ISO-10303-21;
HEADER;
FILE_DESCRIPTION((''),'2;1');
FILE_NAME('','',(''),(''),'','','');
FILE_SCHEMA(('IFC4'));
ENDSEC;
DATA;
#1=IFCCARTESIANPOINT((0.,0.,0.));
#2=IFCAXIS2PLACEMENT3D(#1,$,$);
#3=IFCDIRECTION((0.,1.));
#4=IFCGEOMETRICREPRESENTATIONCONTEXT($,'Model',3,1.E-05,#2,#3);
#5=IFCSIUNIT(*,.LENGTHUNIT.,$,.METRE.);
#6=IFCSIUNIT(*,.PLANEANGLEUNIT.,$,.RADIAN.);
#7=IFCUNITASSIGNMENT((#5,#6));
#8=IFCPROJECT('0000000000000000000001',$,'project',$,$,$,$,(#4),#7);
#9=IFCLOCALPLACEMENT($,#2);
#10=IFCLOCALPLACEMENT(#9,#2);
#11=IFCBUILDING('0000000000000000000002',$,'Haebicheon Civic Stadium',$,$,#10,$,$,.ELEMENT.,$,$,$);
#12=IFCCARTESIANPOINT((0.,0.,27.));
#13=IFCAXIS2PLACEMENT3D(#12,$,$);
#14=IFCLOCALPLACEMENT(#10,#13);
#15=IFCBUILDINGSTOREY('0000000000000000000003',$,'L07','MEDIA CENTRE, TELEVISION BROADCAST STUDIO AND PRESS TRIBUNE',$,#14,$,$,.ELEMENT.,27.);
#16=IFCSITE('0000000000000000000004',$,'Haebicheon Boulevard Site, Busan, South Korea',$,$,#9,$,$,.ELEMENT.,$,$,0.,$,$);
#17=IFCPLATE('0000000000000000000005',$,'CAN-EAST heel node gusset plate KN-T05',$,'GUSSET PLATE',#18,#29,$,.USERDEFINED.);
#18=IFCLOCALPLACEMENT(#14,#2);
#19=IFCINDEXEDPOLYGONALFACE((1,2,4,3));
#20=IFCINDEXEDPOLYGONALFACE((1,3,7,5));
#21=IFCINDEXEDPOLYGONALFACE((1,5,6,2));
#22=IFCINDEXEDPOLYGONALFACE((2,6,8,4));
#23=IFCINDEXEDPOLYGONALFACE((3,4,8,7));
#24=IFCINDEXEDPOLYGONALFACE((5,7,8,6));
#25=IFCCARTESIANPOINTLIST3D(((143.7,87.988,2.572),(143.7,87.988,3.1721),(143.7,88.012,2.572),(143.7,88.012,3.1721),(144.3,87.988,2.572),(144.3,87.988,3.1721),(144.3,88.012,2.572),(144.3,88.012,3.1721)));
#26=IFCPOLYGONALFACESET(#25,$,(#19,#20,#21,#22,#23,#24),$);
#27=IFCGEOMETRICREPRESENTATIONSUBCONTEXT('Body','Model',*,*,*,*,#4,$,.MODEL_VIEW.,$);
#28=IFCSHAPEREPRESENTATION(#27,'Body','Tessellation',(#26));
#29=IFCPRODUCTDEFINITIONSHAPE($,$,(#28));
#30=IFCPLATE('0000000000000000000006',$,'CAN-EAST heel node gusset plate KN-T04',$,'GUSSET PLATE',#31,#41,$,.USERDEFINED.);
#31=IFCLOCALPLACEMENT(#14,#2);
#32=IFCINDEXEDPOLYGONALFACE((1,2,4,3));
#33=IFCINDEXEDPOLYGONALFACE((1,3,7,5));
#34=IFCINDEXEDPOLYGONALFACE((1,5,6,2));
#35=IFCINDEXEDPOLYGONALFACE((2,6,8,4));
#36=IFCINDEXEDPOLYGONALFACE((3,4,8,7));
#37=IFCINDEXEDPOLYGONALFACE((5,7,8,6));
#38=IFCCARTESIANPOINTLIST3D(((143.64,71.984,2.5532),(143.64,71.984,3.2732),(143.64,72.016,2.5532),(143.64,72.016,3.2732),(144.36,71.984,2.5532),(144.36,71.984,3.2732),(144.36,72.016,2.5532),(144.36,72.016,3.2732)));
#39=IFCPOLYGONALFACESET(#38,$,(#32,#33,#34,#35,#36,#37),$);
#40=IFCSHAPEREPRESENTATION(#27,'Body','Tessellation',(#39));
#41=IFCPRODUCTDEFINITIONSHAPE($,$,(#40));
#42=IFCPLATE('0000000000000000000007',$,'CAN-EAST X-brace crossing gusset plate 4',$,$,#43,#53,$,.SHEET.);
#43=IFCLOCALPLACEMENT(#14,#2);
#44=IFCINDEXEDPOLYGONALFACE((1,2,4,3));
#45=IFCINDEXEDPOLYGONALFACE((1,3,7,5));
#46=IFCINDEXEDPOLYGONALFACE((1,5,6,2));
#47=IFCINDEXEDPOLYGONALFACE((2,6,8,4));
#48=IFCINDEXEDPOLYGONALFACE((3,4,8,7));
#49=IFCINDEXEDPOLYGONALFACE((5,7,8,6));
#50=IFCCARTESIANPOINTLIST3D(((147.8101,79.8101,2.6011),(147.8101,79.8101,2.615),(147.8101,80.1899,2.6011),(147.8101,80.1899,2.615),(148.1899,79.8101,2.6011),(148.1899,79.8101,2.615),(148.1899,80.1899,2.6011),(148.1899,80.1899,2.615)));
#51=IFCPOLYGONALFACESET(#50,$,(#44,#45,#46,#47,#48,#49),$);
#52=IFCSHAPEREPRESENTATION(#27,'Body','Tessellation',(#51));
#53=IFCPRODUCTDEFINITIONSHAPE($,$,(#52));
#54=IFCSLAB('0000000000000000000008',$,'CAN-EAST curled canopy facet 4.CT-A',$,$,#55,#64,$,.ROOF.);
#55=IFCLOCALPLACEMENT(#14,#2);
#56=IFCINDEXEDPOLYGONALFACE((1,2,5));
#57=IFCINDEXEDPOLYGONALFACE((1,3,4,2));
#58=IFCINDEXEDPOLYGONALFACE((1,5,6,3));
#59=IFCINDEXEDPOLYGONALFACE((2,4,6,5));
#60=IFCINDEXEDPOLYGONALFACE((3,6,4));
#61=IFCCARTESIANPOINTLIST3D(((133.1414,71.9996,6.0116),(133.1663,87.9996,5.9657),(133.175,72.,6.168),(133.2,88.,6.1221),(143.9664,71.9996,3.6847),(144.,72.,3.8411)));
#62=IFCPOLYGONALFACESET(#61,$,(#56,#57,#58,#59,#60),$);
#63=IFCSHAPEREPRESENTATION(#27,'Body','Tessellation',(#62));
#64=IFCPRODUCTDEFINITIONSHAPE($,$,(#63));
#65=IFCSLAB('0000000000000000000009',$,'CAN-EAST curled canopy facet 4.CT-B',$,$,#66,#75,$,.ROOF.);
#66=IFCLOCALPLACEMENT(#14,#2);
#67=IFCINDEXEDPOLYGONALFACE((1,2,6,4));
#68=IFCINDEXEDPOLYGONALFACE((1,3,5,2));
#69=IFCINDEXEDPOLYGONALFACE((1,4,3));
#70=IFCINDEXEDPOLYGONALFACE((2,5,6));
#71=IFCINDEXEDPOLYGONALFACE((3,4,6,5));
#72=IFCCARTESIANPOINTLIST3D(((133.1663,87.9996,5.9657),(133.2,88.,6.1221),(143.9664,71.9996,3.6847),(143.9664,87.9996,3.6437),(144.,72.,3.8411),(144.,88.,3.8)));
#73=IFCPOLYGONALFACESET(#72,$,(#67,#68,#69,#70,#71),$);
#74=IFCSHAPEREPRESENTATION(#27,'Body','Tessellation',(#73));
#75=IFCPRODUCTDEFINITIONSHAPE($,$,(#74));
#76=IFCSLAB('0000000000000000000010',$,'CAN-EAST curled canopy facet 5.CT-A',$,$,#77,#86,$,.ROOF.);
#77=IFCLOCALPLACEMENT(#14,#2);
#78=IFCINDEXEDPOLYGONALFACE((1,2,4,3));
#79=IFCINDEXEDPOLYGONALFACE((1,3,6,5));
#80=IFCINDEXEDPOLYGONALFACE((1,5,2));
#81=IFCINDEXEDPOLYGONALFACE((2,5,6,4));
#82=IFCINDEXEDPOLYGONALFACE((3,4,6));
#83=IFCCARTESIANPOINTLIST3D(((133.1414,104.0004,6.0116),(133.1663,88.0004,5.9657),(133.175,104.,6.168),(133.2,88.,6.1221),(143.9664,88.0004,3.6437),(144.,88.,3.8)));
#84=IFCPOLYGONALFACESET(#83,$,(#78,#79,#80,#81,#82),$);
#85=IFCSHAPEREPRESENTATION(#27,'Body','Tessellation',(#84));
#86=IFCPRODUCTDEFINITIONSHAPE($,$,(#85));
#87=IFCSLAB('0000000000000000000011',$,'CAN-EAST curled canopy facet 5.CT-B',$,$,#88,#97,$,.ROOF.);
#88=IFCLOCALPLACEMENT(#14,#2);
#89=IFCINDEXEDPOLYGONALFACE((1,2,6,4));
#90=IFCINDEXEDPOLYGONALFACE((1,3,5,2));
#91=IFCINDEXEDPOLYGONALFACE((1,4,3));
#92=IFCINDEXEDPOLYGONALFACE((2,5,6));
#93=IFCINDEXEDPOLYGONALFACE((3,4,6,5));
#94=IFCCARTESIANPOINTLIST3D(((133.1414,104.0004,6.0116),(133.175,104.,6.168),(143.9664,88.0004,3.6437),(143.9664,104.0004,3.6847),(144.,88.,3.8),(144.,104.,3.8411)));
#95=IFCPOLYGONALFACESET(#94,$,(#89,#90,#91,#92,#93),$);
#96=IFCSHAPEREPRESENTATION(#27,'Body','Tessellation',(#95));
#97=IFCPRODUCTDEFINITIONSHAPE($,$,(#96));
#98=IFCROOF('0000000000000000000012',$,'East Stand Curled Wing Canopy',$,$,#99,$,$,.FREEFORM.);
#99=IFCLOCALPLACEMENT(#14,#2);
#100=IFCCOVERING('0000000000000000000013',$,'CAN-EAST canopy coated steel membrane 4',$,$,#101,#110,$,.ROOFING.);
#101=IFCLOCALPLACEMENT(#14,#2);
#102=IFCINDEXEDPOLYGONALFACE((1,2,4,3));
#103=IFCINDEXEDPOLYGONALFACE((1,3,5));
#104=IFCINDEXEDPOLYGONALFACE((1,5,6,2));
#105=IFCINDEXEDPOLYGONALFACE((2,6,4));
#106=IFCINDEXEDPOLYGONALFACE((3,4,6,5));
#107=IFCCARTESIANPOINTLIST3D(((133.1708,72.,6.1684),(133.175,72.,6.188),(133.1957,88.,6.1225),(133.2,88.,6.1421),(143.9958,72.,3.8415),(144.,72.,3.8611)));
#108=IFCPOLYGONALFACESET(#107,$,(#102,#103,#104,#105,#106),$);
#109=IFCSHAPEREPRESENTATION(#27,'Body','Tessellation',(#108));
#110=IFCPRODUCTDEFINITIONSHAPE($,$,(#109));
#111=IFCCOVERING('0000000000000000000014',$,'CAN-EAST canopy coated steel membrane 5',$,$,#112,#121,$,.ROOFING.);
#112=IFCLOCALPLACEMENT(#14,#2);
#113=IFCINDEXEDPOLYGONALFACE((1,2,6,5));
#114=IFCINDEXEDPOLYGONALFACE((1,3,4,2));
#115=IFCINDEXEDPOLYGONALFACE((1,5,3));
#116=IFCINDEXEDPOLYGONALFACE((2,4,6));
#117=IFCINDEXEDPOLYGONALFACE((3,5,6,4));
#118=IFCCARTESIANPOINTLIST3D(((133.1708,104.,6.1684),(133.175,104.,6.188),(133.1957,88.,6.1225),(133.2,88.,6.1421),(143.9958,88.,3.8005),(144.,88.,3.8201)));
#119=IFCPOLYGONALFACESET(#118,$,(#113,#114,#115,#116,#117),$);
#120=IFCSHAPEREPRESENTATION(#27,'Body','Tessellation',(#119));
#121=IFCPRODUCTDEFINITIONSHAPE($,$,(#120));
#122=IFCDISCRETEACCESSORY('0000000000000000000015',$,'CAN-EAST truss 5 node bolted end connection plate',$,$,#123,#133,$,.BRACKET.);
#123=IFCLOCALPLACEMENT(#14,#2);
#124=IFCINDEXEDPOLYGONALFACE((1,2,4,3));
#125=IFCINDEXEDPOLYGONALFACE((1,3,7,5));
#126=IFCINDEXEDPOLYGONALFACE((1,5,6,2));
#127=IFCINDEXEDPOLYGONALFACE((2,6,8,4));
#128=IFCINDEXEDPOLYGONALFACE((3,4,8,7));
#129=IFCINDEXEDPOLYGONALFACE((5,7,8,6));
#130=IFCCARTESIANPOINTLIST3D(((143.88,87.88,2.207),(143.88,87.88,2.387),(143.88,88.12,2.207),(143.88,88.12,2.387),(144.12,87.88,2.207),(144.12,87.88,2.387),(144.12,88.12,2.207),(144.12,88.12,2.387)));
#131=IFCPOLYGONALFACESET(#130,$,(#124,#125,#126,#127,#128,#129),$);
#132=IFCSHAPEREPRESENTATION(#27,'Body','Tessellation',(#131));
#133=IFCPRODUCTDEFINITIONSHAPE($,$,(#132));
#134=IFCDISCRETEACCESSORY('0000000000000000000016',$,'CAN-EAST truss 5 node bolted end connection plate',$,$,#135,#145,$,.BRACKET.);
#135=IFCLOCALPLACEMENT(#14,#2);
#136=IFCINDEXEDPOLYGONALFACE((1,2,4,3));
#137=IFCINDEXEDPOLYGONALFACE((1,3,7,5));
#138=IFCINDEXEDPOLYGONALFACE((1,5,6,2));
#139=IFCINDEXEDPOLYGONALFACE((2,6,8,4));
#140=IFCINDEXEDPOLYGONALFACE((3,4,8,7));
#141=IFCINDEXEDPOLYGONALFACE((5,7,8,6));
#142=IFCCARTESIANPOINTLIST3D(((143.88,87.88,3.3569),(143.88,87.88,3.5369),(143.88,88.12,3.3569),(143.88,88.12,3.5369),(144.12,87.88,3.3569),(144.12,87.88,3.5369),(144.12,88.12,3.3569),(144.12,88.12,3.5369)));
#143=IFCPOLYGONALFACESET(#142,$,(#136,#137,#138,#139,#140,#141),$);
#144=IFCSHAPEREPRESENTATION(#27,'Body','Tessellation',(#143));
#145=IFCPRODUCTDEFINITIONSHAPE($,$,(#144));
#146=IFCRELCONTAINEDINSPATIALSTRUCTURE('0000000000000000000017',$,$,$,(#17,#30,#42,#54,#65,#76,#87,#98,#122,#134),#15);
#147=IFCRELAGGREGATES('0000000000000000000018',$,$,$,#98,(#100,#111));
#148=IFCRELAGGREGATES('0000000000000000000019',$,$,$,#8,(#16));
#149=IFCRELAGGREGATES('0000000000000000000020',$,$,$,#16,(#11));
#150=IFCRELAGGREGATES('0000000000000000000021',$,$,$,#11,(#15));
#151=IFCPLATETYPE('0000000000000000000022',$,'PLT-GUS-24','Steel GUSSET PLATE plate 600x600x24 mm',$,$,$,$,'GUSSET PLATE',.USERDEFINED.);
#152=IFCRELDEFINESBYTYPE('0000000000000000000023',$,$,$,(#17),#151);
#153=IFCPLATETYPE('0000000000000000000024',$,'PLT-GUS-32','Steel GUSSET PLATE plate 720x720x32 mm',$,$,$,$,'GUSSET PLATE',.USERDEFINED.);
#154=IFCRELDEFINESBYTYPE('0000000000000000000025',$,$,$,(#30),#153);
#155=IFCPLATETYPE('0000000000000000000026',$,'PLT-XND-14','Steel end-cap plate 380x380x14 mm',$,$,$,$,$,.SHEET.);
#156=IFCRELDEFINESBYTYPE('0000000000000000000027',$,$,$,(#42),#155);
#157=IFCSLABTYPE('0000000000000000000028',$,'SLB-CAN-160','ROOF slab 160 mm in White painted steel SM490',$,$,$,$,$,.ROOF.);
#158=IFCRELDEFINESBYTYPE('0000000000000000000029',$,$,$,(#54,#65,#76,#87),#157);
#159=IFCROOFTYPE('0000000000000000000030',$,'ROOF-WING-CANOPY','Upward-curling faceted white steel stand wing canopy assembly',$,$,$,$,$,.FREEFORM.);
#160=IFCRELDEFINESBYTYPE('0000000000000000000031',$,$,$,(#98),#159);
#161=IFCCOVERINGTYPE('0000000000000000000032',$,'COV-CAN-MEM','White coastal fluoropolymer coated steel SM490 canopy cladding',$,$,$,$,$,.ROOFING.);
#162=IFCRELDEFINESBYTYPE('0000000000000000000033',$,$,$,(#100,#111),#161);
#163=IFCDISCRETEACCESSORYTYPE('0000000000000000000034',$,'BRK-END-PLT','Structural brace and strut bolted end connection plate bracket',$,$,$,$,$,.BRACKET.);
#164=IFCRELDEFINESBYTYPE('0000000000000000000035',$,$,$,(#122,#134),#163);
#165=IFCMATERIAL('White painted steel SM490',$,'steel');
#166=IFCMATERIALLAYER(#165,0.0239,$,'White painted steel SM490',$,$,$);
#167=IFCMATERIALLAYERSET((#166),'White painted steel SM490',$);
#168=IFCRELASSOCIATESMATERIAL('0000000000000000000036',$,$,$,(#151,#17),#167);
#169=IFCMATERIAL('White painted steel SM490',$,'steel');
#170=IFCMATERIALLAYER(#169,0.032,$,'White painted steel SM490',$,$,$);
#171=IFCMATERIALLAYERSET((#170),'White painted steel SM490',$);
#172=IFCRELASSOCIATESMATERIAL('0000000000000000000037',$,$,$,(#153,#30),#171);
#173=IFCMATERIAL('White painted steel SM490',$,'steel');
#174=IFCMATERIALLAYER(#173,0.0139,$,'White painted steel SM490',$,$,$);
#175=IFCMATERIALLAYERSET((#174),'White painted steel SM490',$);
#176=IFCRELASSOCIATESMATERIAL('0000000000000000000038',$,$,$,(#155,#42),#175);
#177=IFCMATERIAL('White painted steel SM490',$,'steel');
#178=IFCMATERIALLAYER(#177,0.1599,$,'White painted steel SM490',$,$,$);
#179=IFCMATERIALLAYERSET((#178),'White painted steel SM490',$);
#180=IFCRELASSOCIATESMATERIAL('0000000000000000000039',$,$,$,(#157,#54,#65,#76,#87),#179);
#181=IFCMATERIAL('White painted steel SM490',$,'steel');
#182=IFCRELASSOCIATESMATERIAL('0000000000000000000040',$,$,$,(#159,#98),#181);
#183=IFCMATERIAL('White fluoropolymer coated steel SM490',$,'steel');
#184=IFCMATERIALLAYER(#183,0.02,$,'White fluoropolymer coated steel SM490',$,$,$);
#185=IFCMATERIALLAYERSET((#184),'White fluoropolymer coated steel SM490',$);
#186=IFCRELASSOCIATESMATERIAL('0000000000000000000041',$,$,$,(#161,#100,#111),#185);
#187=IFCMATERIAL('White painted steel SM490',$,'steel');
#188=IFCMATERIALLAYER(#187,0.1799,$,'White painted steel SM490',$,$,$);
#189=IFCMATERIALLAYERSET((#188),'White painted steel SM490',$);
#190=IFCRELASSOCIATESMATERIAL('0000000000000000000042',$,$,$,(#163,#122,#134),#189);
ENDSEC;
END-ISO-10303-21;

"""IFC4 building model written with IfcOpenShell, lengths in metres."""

from ifc_helpers import new_model, si_unit, direction, frame, origin, origin_2d, place, context, subcontext, project, spatial, polyline, rectangle, outline, extrude, material, layer, layer_set, type_object, element, aggregate, save


model = new_model("IFC4")

# Units and contexts
model_context = context("Model", 3, precision=1e-05, world=origin(), true_north=direction((0.0, 1.0)))
body_context = subcontext(model_context, "Body", "Model", "MODEL_VIEW")
ifc_project = project(units=[si_unit("LENGTHUNIT", "METRE"), si_unit("PLANEANGLEUNIT", "RADIAN")], contexts=[model_context])

# Site, building, storey
site_placement = place(None, origin())
site = spatial("IfcSite", under=ifc_project, at=site_placement, Name="Haebicheon Boulevard Site, Busan, South Korea", CompositionType="ELEMENT", RefElevation=0.0)
building_placement = place(site_placement, origin())
building = spatial("IfcBuilding", under=site, at=building_placement, Name="Haebicheon Civic Stadium", CompositionType="ELEMENT")
storey_placement = place(building_placement, frame((0.0, 0.0, 27.0)))
storey = spatial("IfcBuildingStorey", under=building, at=storey_placement, Name="L07", Description="MEDIA CENTRE, TELEVISION BROADCAST STUDIO AND PRESS TRIBUNE", CompositionType="ELEMENT", Elevation=27.0)

# Plates
ifc_material_1 = material(Name="White painted steel SM490", Category="steel")
ifc_layer_1 = layer(ifc_material_1, 0.0239, Name="White painted steel SM490")
ifc_layer_set_1 = layer_set([ifc_layer_1], Name="White painted steel SM490")
plate_type_1 = type_object("IfcPlateType", Name="PLT-GUS-24", Description="Steel GUSSET PLATE plate 600x600x24 mm", ElementType="GUSSET PLATE", PredefinedType="USERDEFINED", material=ifc_layer_set_1)
plate_1_placement = place(storey_placement, frame((144.0, 88.0, 2.572), z_axis=(0.0, 0.0, 1.0), x_axis=(1.0, 0.0, 0.0)))
element("IfcPlate", 1, at=plate_1_placement, inside=storey, type_object=plate_type_1, material=ifc_layer_set_1, Name="CAN-EAST heel node gusset plate KN-T05", ObjectType="GUSSET PLATE", PredefinedType="USERDEFINED", context=body_context, shape_type="SweptSolid", body=[
    extrude(rectangle(XDim=0.6001, YDim=0.0239, at=origin_2d()), origin(), (0.0, 0.0, 1.0), 0.6001),
])
ifc_material_2 = material(Name="White painted steel SM490", Category="steel")
ifc_layer_2 = layer(ifc_material_2, 0.032, Name="White painted steel SM490")
ifc_layer_set_2 = layer_set([ifc_layer_2], Name="White painted steel SM490")
plate_type_2 = type_object("IfcPlateType", Name="PLT-GUS-32", Description="Steel GUSSET PLATE plate 720x720x32 mm", ElementType="GUSSET PLATE", PredefinedType="USERDEFINED", material=ifc_layer_set_2)
plate_2_placement = place(storey_placement, frame((144.0, 72.0, 2.5532), z_axis=(0.0, 0.0, 1.0), x_axis=(1.0, 0.0, 0.0)))
element("IfcPlate", 2, at=plate_2_placement, inside=storey, type_object=plate_type_2, material=ifc_layer_set_2, Name="CAN-EAST heel node gusset plate KN-T04", ObjectType="GUSSET PLATE", PredefinedType="USERDEFINED", context=body_context, shape_type="SweptSolid", body=[
    extrude(rectangle(XDim=0.72, YDim=0.032, at=origin_2d()), origin(), (0.0, 0.0, 1.0), 0.72),
])
ifc_material_3 = material(Name="White painted steel SM490", Category="steel")
ifc_layer_3 = layer(ifc_material_3, 0.0139, Name="White painted steel SM490")
ifc_layer_set_3 = layer_set([ifc_layer_3], Name="White painted steel SM490")
plate_type_3 = type_object("IfcPlateType", Name="PLT-XND-14", Description="Steel end-cap plate 380x380x14 mm", PredefinedType="SHEET", material=ifc_layer_set_3)
plate_3_placement = place(storey_placement, frame((148.0, 80.0, 2.6011), z_axis=(0.0, 0.0, 1.0), x_axis=(1.0, 0.0, 0.0)))
element("IfcPlate", 3, at=plate_3_placement, inside=storey, type_object=plate_type_3, material=ifc_layer_set_3, Name="CAN-EAST X-brace crossing gusset plate 4", PredefinedType="SHEET", context=body_context, shape_type="SweptSolid", body=[
    extrude(rectangle(XDim=0.3799, YDim=0.3799, at=origin_2d()), origin(), (0.0, 0.0, 1.0), 0.0139),
])

# Slabs
ifc_material_4 = material(Name="White painted steel SM490", Category="steel")
ifc_layer_4 = layer(ifc_material_4, 0.1599, Name="White painted steel SM490")
ifc_layer_set_4 = layer_set([ifc_layer_4], Name="White painted steel SM490")
slab_type = type_object("IfcSlabType", Name="SLB-CAN-160", Description="ROOF slab 160 mm in White painted steel SM490", PredefinedType="ROOF", material=ifc_layer_set_4)
slab_1_placement = place(storey_placement, frame((144.0, 72.0, 3.8411), z_axis=(0.210156, 0.002477, 0.977665), x_axis=(-0.977668, 0.0, 0.210157)))
element("IfcSlab", 4, at=slab_1_placement, inside=storey, type_object=slab_type, material=ifc_layer_set_4, Name="CAN-EAST curled canopy facet 4.CT-A", PredefinedType="ROOF", context=body_context, shape_type="SweptSolid", body=[
    extrude(outline(polyline([(0.0, 0.0), (11.0722, 0.0), (11.0382, -16.0), (0.0, 0.0)])), origin(), (0.0, 0.0, -1.0), 0.1599),
])
slab_2_placement = place(storey_placement, frame((144.0, 72.0, 3.8411), z_axis=(0.210197, 0.002506, 0.977656), x_axis=(-0.555609, 0.823121, 0.117346)))
element("IfcSlab", 5, at=slab_2_placement, inside=storey, type_object=slab_type, material=ifc_layer_set_4, Name="CAN-EAST curled canopy facet 4.CT-B", PredefinedType="ROOF", context=body_context, shape_type="SweptSolid", body=[
    extrude(outline(polyline([(0.0, 0.0), (19.4382, 0.0), (13.1651, -9.0929), (0.0, 0.0)])), origin(), (0.0, 0.0, -1.0), 0.1599),
])
slab_3_placement = place(storey_placement, frame((144.0, 88.0, 3.8), z_axis=(0.210197, -0.002477, 0.977656), x_axis=(-0.977659, 0.0, 0.210198)))
element("IfcSlab", 6, at=slab_3_placement, inside=storey, type_object=slab_type, material=ifc_layer_set_4, Name="CAN-EAST curled canopy facet 5.CT-A", PredefinedType="ROOF", context=body_context, shape_type="SweptSolid", body=[
    extrude(outline(polyline([(0.0, 0.0), (11.0468, 0.0), (11.0808, -16.0), (0.0, 0.0)])), origin(), (0.0, 0.0, -1.0), 0.1599),
])
slab_4_placement = place(storey_placement, frame((144.0, 88.0, 3.8), z_axis=(0.210156, -0.002506, 0.977665), x_axis=(-0.556197, 0.822096, 0.121666)))
element("IfcSlab", 7, at=slab_4_placement, inside=storey, type_object=slab_type, material=ifc_layer_set_4, Name="CAN-EAST curled canopy facet 5.CT-B", PredefinedType="ROOF", context=body_context, shape_type="SweptSolid", body=[
    extrude(outline(polyline([(0.0, 0.0), (19.4624, 0.0), (13.1585, -9.1025), (0.0, 0.0)])), origin(), (0.0, 0.0, -1.0), 0.1599),
])

# Roof, coverings
ifc_material_5 = material(Name="White painted steel SM490", Category="steel")
roof_type = type_object("IfcRoofType", Name="ROOF-WING-CANOPY", Description="Upward-curling faceted white steel stand wing canopy assembly", PredefinedType="FREEFORM", material=ifc_material_5)
roof_placement = place(storey_placement, origin())
roof = element("IfcRoof", 8, at=roof_placement, inside=storey, type_object=roof_type, material=ifc_material_5, Name="East Stand Curled Wing Canopy", PredefinedType="FREEFORM")
ifc_material_6 = material(Name="White fluoropolymer coated steel SM490", Category="steel")
ifc_layer_5 = layer(ifc_material_6, 0.02, Name="White fluoropolymer coated steel SM490")
ifc_layer_set_5 = layer_set([ifc_layer_5], Name="White fluoropolymer coated steel SM490")
covering_type = type_object("IfcCoveringType", Name="COV-CAN-MEM", Description="White coastal fluoropolymer coated steel SM490 canopy cladding", PredefinedType="ROOFING", material=ifc_layer_set_5)
covering_1_placement = place(storey_placement, frame((144.0, 72.0, 3.8611), z_axis=(0.210156, 0.002477, 0.977665), x_axis=(-0.977668, 0.0, 0.210157)))
covering_1 = element("IfcCovering", 9, at=covering_1_placement, type_object=covering_type, material=ifc_layer_set_5, Name="CAN-EAST canopy coated steel membrane 4", PredefinedType="ROOFING", context=body_context, shape_type="SweptSolid", body=[
    extrude(outline(polyline([(0.0, 0.0), (11.0722, 0.0), (11.0382, -16.0), (0.0, 0.0)])), origin(), (0.0, 0.0, -1.0), 0.02),
])
covering_2_placement = place(storey_placement, frame((144.0, 88.0, 3.8201), z_axis=(0.210197, -0.002477, 0.977656), x_axis=(-0.977659, 0.0, 0.210198)))
covering_2 = element("IfcCovering", 10, at=covering_2_placement, type_object=covering_type, material=ifc_layer_set_5, Name="CAN-EAST canopy coated steel membrane 5", PredefinedType="ROOFING", context=body_context, shape_type="SweptSolid", body=[
    extrude(outline(polyline([(0.0, 0.0), (11.0468, 0.0), (11.0808, -16.0), (0.0, 0.0)])), origin(), (0.0, 0.0, -1.0), 0.02),
])
aggregate(roof, [covering_1, covering_2])

# Discrete accessories
ifc_material_7 = material(Name="White painted steel SM490", Category="steel")
ifc_layer_6 = layer(ifc_material_7, 0.1799, Name="White painted steel SM490")
ifc_layer_set_6 = layer_set([ifc_layer_6], Name="White painted steel SM490")
discrete_accessory_type = type_object("IfcDiscreteAccessoryType", Name="BRK-END-PLT", Description="Structural brace and strut bolted end connection plate bracket", PredefinedType="BRACKET", material=ifc_layer_set_6)
for number, where, z_axis, x_axis, name in (
    (11, (144.0, 88.0, 2.207), (0.0, 0.0, 1.0), (1.0, 0.0, 0.0), "CAN-EAST truss 5 node bolted end connection plate"),
    (12, (144.0, 88.0, 3.3569), (0.0, 0.0, 1.0), (1.0, 0.0, 0.0), "CAN-EAST truss 5 node bolted end connection plate"),
):
    element("IfcDiscreteAccessory", number, at=place(storey_placement, frame(where, z_axis=z_axis, x_axis=x_axis)), inside=storey, type_object=discrete_accessory_type, material=ifc_layer_set_6, Name=name, PredefinedType="BRACKET", context=body_context, shape_type="SweptSolid", body=[
        extrude(rectangle(XDim=0.24, YDim=0.24, at=origin_2d()), origin(), (0.0, 0.0, 1.0), 0.1799),
    ])

save(model, "model.ifc")
